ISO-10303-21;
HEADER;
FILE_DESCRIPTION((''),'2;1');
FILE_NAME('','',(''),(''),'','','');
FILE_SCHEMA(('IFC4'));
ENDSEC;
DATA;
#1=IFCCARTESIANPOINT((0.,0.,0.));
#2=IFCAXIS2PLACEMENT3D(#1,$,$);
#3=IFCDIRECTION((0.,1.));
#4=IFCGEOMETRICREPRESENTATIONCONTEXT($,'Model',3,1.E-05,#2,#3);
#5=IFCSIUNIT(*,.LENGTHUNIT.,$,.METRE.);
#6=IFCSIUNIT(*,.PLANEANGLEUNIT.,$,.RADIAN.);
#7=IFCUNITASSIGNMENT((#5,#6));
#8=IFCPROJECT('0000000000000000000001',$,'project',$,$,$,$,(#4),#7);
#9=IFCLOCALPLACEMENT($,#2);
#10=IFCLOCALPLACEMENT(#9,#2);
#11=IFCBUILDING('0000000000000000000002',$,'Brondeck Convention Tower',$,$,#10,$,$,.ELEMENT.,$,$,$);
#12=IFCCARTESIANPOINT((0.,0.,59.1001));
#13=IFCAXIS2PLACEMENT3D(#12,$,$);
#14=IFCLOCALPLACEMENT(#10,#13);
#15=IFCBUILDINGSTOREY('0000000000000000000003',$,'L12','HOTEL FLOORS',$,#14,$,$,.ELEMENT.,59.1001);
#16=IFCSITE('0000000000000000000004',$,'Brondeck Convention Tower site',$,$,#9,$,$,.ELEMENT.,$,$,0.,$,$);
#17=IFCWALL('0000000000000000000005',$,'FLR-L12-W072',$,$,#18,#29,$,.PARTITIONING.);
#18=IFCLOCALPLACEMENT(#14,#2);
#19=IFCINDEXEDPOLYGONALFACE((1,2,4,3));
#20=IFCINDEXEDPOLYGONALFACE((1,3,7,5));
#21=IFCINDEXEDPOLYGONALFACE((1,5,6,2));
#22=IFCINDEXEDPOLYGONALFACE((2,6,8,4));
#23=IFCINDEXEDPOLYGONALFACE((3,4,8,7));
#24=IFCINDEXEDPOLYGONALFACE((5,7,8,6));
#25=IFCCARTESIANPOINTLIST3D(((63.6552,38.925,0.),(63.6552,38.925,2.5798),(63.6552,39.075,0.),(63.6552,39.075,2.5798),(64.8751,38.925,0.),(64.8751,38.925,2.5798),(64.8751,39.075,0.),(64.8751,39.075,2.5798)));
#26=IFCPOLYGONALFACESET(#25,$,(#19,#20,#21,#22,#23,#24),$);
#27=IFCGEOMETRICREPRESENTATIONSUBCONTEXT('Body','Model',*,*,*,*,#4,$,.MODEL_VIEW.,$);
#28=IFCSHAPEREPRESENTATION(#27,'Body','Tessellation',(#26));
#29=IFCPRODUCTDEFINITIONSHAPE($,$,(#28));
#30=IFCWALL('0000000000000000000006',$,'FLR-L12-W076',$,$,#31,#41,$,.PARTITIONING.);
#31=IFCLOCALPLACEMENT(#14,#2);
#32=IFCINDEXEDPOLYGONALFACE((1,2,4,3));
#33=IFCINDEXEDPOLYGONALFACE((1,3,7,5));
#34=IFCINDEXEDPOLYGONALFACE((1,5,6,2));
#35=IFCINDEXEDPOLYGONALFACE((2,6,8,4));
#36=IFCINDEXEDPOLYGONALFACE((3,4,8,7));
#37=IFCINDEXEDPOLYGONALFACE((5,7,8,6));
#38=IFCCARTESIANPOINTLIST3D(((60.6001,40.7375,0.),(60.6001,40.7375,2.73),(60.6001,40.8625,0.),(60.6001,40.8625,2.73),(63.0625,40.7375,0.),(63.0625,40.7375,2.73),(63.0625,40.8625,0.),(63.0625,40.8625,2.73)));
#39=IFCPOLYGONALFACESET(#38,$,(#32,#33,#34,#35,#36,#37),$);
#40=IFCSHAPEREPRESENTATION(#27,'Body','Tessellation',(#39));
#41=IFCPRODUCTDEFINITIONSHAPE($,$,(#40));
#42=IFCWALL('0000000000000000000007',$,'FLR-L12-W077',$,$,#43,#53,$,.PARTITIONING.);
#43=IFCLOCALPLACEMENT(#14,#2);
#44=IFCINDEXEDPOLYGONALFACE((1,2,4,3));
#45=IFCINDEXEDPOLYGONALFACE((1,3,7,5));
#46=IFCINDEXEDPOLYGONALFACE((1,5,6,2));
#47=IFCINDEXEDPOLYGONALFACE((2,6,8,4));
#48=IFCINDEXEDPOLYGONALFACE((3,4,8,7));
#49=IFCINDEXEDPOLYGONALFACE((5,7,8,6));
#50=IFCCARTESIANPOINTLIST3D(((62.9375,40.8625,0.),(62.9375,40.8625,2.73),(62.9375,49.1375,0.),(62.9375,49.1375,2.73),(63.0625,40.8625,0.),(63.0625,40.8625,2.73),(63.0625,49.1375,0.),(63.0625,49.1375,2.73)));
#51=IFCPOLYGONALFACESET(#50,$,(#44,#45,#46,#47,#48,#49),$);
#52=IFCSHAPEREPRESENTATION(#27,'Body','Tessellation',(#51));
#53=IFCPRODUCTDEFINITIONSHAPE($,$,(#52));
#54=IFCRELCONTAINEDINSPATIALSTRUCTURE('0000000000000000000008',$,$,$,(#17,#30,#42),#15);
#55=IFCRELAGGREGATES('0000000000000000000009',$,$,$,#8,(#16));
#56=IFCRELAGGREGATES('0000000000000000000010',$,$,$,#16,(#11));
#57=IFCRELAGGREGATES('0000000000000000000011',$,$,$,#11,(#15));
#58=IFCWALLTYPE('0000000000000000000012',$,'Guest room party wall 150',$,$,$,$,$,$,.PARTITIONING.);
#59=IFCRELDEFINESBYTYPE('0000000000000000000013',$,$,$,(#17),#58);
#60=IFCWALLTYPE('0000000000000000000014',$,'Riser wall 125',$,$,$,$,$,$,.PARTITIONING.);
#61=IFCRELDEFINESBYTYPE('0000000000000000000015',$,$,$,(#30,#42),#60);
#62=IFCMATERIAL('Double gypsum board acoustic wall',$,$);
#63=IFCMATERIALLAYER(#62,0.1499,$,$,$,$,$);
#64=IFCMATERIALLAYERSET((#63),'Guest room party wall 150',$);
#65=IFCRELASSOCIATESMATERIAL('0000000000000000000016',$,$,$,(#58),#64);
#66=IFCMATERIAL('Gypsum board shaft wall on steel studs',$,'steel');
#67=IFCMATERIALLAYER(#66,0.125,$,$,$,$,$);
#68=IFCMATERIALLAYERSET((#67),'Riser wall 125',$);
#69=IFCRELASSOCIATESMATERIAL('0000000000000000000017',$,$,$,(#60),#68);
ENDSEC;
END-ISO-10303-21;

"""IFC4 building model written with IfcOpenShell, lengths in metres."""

from ifc_helpers import new_model, si_unit, direction, frame, frame_2d, origin, place, context, subcontext, project, spatial, rectangle, extrude, material, layer, layer_set, type_object, element, save


model = new_model("IFC4")

# Units and contexts
model_context = context("Model", 3, precision=1e-05, world=origin(), true_north=direction((0.0, 1.0)))
body_context = subcontext(model_context, "Body", "Model", "MODEL_VIEW")
ifc_project = project(units=[si_unit("LENGTHUNIT", "METRE"), si_unit("PLANEANGLEUNIT", "RADIAN")], contexts=[model_context])

# Site, building, storey
site_placement = place(None, origin())
site = spatial("IfcSite", under=ifc_project, at=site_placement, Name="Brondeck Convention Tower site", CompositionType="ELEMENT", RefElevation=0.0)
building_placement = place(site_placement, origin())
building = spatial("IfcBuilding", under=site, at=building_placement, Name="Brondeck Convention Tower", CompositionType="ELEMENT")
storey_placement = place(building_placement, frame((0.0, 0.0, 59.1001)))
storey = spatial("IfcBuildingStorey", under=building, at=storey_placement, Name="L12", Description="HOTEL FLOORS", CompositionType="ELEMENT", Elevation=59.1001)

# Shared definitions
ifc_material_1 = material(Name="Double gypsum board acoustic wall")
ifc_layer_1 = layer(ifc_material_1, 0.1499)
ifc_layer_set_1 = layer_set([ifc_layer_1], Name="Guest room party wall 150")
wall_type_1 = type_object("IfcWallType", Name="Guest room party wall 150", PredefinedType="PARTITIONING", material=ifc_layer_set_1)

# Walls
wall_1_placement = place(storey_placement, frame((64.875, 39.0, 0.0), z_axis=(0.0, 0.0, 1.0), x_axis=(-1.0, 0.0, 0.0)))
element("IfcWall", 1, at=wall_1_placement, inside=storey, type_object=wall_type_1, Name="FLR-L12-W072", PredefinedType="PARTITIONING", context=body_context, shape_type="SweptSolid", body=[
    extrude(rectangle(XDim=1.22, YDim=0.1499, at=frame_2d((0.6099, 0.0))), origin(), (0.0, 0.0, 1.0), 2.5798),
])
ifc_material_2 = material(Name="Gypsum board shaft wall on steel studs", Category="steel")
ifc_layer_2 = layer(ifc_material_2, 0.125)
ifc_layer_set_2 = layer_set([ifc_layer_2], Name="Riser wall 125")
wall_type_2 = type_object("IfcWallType", Name="Riser wall 125", PredefinedType="PARTITIONING", material=ifc_layer_set_2)
wall_2_placement = place(storey_placement, frame((60.6001, 40.8, 0.0), z_axis=(0.0, 0.0, 1.0), x_axis=(1.0, 0.0, 0.0)))
element("IfcWall", 2, at=wall_2_placement, inside=storey, type_object=wall_type_2, Name="FLR-L12-W076", PredefinedType="PARTITIONING", context=body_context, shape_type="SweptSolid", body=[
    extrude(rectangle(XDim=2.4624, YDim=0.125, at=frame_2d((1.2312, 0.0))), origin(), (0.0, 0.0, 1.0), 2.73),
])
wall_3_placement = place(storey_placement, frame((63.0, 40.8625, 0.0), z_axis=(0.0, 0.0, 1.0), x_axis=(0.0, 1.0, 0.0)))
element("IfcWall", 3, at=wall_3_placement, inside=storey, type_object=wall_type_2, Name="FLR-L12-W077", PredefinedType="PARTITIONING", context=body_context, shape_type="SweptSolid", body=[
    extrude(rectangle(XDim=8.2749, YDim=0.125, at=frame_2d((4.1375, 0.0))), origin(), (0.0, 0.0, 1.0), 2.73),
])

save(model, "model.ifc")
